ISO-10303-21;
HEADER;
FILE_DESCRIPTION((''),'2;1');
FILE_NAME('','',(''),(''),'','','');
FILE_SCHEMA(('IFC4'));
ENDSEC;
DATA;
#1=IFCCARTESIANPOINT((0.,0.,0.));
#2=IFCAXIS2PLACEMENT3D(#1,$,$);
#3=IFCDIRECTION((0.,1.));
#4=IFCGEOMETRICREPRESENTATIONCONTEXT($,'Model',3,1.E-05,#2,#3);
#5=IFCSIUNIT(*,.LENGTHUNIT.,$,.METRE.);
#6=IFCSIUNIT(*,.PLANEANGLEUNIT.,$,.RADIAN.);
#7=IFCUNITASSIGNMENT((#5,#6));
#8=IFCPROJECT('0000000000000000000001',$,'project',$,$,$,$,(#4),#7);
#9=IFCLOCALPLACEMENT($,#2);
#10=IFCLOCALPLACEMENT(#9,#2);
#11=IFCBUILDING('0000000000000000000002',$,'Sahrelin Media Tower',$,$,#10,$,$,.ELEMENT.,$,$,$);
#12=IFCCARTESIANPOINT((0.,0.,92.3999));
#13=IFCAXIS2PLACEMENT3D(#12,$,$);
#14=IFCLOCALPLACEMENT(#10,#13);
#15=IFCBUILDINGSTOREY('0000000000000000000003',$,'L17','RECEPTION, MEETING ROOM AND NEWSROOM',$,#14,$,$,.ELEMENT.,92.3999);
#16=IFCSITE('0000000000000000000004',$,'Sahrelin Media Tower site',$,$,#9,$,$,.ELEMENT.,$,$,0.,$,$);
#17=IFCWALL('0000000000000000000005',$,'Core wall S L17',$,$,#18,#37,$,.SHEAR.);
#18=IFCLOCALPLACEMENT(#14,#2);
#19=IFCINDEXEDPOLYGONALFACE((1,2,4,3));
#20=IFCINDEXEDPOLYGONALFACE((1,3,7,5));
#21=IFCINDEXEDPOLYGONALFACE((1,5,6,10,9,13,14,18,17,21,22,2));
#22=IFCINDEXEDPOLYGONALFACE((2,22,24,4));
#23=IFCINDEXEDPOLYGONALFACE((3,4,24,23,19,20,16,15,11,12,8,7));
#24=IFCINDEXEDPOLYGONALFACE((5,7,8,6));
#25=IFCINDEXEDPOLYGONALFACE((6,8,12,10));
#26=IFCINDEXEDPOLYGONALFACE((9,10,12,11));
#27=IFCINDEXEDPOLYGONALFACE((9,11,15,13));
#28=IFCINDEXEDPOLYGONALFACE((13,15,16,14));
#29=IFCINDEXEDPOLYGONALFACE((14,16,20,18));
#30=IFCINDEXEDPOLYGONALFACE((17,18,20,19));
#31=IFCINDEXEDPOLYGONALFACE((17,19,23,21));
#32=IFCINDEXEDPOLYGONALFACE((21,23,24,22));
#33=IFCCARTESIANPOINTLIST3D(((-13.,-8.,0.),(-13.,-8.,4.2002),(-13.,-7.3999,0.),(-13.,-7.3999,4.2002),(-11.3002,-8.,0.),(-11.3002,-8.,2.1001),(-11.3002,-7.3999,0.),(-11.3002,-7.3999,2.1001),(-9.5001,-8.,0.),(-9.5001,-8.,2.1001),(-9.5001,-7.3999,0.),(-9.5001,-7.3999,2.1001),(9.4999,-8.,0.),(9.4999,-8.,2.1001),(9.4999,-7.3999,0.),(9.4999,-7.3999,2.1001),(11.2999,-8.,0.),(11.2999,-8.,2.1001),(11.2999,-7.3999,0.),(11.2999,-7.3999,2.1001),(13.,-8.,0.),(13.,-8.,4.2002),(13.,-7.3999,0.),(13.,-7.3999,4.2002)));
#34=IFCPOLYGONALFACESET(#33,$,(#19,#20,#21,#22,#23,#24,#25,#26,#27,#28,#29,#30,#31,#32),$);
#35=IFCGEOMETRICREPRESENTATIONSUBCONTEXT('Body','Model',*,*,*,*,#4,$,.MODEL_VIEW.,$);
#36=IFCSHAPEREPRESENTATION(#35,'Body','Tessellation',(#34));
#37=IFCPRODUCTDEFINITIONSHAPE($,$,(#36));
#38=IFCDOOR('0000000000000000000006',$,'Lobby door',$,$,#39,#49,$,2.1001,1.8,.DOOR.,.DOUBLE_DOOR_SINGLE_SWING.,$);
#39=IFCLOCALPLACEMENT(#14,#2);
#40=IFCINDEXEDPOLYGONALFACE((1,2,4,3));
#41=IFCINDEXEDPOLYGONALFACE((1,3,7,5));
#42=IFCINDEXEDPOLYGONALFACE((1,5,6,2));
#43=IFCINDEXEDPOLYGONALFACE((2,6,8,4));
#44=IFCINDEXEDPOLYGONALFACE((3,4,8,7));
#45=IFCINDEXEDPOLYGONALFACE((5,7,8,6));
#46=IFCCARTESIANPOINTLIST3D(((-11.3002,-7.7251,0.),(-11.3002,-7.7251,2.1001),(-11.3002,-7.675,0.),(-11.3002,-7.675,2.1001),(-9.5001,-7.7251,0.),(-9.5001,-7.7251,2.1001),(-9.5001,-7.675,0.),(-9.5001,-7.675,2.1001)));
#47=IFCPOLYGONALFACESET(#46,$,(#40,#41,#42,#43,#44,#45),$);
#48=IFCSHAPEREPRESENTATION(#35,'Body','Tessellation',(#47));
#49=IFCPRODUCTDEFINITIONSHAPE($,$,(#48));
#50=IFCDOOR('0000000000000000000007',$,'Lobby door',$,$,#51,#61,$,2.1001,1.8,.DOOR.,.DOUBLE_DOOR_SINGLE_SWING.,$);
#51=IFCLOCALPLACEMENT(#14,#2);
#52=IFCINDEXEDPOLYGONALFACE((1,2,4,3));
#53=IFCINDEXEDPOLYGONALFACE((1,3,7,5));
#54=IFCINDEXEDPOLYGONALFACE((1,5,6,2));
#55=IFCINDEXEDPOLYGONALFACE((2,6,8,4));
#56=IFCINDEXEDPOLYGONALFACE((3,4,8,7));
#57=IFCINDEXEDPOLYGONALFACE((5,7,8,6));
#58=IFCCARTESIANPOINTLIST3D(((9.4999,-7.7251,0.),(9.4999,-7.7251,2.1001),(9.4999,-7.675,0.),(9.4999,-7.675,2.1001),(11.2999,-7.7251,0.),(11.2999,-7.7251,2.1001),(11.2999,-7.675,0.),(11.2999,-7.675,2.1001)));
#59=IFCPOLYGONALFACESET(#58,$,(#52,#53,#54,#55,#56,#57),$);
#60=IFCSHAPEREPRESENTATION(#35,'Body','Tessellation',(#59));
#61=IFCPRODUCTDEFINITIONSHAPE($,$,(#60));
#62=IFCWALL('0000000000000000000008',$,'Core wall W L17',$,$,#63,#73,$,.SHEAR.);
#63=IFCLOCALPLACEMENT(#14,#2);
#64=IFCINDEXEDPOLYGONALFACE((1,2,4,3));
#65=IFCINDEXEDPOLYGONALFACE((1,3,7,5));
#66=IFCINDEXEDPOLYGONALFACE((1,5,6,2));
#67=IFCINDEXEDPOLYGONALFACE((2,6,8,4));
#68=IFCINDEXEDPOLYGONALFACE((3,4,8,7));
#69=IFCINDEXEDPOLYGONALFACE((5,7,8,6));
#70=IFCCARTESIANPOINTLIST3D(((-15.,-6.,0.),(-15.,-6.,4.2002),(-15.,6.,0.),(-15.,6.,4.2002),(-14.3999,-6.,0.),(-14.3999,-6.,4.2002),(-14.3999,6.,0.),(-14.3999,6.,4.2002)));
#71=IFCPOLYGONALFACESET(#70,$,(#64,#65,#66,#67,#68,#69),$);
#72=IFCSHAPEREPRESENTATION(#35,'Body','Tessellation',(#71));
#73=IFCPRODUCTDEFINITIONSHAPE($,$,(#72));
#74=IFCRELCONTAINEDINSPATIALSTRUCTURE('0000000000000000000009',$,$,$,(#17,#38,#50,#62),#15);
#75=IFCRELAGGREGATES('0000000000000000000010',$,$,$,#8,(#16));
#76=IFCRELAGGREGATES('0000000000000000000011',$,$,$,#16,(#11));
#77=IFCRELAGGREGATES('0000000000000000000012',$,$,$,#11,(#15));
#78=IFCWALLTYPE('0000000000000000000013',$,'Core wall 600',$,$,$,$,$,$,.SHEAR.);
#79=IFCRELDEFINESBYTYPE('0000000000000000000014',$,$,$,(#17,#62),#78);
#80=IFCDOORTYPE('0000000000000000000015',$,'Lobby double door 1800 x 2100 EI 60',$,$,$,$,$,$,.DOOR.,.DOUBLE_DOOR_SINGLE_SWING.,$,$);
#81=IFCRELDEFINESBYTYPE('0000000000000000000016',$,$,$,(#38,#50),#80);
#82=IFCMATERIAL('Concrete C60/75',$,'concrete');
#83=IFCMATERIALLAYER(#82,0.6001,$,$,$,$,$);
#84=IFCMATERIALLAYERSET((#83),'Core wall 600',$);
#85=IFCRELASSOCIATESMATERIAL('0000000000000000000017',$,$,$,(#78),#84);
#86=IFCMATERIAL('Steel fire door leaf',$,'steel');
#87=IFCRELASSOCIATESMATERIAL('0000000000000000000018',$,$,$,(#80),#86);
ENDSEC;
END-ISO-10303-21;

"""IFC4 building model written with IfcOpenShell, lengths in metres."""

from ifc_helpers import new_model, si_unit, direction, frame, frame_2d, origin, place, context, subcontext, project, spatial, rectangle, extrude, material, layer, layer_set, type_object, element, fill, save


model = new_model("IFC4")

# Units and contexts
model_context = context("Model", 3, precision=1e-05, world=origin(), true_north=direction((0.0, 1.0)))
body_context = subcontext(model_context, "Body", "Model", "MODEL_VIEW")
ifc_project = project(units=[si_unit("LENGTHUNIT", "METRE"), si_unit("PLANEANGLEUNIT", "RADIAN")], contexts=[model_context])

# Site, building, storey
site_placement = place(None, origin())
site = spatial("IfcSite", under=ifc_project, at=site_placement, Name="Sahrelin Media Tower site", CompositionType="ELEMENT", RefElevation=0.0)
building_placement = place(site_placement, origin())
building = spatial("IfcBuilding", under=site, at=building_placement, Name="Sahrelin Media Tower", CompositionType="ELEMENT")
storey_placement = place(building_placement, frame((0.0, 0.0, 92.3999)))
storey = spatial("IfcBuildingStorey", under=building, at=storey_placement, Name="L17", Description="RECEPTION, MEETING ROOM AND NEWSROOM", CompositionType="ELEMENT", Elevation=92.3999)

# Wall, openings, doors
ifc_material_1 = material(Name="Concrete C60/75", Category="concrete")
ifc_layer_1 = layer(ifc_material_1, 0.6001)
ifc_layer_set_1 = layer_set([ifc_layer_1], Name="Core wall 600")
wall_type_1 = type_object("IfcWallType", Name="Core wall 600", PredefinedType="SHEAR", material=ifc_layer_set_1)
wall_1_placement = place(storey_placement, frame((-13.0, -7.7, 0.0), z_axis=(0.0, 0.0, 1.0), x_axis=(1.0, 0.0, 0.0)))
wall_1 = element("IfcWall", 1, at=wall_1_placement, inside=storey, type_object=wall_type_1, Name="Core wall S L17", PredefinedType="SHEAR", context=body_context, shape_type="SweptSolid", body=[
    extrude(rectangle(XDim=26.0, YDim=0.6001, at=frame_2d((13.0, 0.0))), origin(), (0.0, 0.0, 1.0), 4.2002),
])
opening_1_placement = place(wall_1_placement, frame((1.7, 0.0, 0.0)))
opening_1 = element("IfcOpeningElement", 2, at=opening_1_placement, cuts=wall_1, PredefinedType="OPENING", context=body_context, shape_type="SweptSolid", body=[
    extrude(rectangle(XDim=1.8, YDim=2.1001, at=frame_2d((0.8999, 1.05))), frame((0.0, 0.3, 0.0), z_axis=(0.0, -1.0, 0.0), x_axis=(1.0, 0.0, 0.0)), (0.0, 0.0, 1.0), 0.6001),
])
opening_2_placement = place(wall_1_placement, frame((22.5, 0.0, 0.0)))
opening_2 = element("IfcOpeningElement", 3, at=opening_2_placement, cuts=wall_1, PredefinedType="OPENING", context=body_context, shape_type="SweptSolid", body=[
    extrude(rectangle(XDim=1.8, YDim=2.1001, at=frame_2d((0.8999, 1.05))), frame((0.0, 0.3, 0.0), z_axis=(0.0, -1.0, 0.0), x_axis=(1.0, 0.0, 0.0)), (0.0, 0.0, 1.0), 0.6001),
])
ifc_material_2 = material(Name="Steel fire door leaf", Category="steel")
door_type_1 = type_object("IfcDoorType", Name="Lobby double door 1800 x 2100 EI 60", OperationType="DOUBLE_DOOR_SINGLE_SWING", PredefinedType="DOOR", material=ifc_material_2)
door_1_placement = place(opening_1_placement, origin())
door_1 = element("IfcDoor", 4, at=door_1_placement, inside=storey, type_object=door_type_1, Name="Lobby door", OperationType="DOUBLE_DOOR_SINGLE_SWING", OverallHeight=2.1001, OverallWidth=1.8, PredefinedType="DOOR", context=body_context, shape_type="SweptSolid", body=[
    extrude(rectangle(XDim=1.8, YDim=2.1001, at=frame_2d((0.8999, 1.05))), frame((0.0, 0.0249, 0.0), z_axis=(0.0, -1.0, 0.0), x_axis=(1.0, 0.0, 0.0)), (0.0, 0.0, 1.0), 0.05),
])
fill(opening_1, door_1)
door_2_placement = place(opening_2_placement, origin())
door_2 = element("IfcDoor", 5, at=door_2_placement, inside=storey, type_object=door_type_1, Name="Lobby door", OperationType="DOUBLE_DOOR_SINGLE_SWING", OverallHeight=2.1001, OverallWidth=1.8, PredefinedType="DOOR", context=body_context, shape_type="SweptSolid", body=[
    extrude(rectangle(XDim=1.8, YDim=2.1001, at=frame_2d((0.8999, 1.05))), frame((0.0, 0.0249, 0.0), z_axis=(0.0, -1.0, 0.0), x_axis=(1.0, 0.0, 0.0)), (0.0, 0.0, 1.0), 0.05),
])
fill(opening_2, door_2)

# Wall
wall_2_placement = place(storey_placement, frame((-14.7, -6.0, 0.0), z_axis=(0.0, 0.0, 1.0), x_axis=(0.0, 1.0, 0.0)))
element("IfcWall", 6, at=wall_2_placement, inside=storey, type_object=wall_type_1, Name="Core wall W L17", PredefinedType="SHEAR", context=body_context, shape_type="SweptSolid", body=[
    extrude(rectangle(XDim=12.0, YDim=0.6001, at=frame_2d((6.0, 0.0))), origin(), (0.0, 0.0, 1.0), 4.2002),
])

save(model, "model.ifc")
